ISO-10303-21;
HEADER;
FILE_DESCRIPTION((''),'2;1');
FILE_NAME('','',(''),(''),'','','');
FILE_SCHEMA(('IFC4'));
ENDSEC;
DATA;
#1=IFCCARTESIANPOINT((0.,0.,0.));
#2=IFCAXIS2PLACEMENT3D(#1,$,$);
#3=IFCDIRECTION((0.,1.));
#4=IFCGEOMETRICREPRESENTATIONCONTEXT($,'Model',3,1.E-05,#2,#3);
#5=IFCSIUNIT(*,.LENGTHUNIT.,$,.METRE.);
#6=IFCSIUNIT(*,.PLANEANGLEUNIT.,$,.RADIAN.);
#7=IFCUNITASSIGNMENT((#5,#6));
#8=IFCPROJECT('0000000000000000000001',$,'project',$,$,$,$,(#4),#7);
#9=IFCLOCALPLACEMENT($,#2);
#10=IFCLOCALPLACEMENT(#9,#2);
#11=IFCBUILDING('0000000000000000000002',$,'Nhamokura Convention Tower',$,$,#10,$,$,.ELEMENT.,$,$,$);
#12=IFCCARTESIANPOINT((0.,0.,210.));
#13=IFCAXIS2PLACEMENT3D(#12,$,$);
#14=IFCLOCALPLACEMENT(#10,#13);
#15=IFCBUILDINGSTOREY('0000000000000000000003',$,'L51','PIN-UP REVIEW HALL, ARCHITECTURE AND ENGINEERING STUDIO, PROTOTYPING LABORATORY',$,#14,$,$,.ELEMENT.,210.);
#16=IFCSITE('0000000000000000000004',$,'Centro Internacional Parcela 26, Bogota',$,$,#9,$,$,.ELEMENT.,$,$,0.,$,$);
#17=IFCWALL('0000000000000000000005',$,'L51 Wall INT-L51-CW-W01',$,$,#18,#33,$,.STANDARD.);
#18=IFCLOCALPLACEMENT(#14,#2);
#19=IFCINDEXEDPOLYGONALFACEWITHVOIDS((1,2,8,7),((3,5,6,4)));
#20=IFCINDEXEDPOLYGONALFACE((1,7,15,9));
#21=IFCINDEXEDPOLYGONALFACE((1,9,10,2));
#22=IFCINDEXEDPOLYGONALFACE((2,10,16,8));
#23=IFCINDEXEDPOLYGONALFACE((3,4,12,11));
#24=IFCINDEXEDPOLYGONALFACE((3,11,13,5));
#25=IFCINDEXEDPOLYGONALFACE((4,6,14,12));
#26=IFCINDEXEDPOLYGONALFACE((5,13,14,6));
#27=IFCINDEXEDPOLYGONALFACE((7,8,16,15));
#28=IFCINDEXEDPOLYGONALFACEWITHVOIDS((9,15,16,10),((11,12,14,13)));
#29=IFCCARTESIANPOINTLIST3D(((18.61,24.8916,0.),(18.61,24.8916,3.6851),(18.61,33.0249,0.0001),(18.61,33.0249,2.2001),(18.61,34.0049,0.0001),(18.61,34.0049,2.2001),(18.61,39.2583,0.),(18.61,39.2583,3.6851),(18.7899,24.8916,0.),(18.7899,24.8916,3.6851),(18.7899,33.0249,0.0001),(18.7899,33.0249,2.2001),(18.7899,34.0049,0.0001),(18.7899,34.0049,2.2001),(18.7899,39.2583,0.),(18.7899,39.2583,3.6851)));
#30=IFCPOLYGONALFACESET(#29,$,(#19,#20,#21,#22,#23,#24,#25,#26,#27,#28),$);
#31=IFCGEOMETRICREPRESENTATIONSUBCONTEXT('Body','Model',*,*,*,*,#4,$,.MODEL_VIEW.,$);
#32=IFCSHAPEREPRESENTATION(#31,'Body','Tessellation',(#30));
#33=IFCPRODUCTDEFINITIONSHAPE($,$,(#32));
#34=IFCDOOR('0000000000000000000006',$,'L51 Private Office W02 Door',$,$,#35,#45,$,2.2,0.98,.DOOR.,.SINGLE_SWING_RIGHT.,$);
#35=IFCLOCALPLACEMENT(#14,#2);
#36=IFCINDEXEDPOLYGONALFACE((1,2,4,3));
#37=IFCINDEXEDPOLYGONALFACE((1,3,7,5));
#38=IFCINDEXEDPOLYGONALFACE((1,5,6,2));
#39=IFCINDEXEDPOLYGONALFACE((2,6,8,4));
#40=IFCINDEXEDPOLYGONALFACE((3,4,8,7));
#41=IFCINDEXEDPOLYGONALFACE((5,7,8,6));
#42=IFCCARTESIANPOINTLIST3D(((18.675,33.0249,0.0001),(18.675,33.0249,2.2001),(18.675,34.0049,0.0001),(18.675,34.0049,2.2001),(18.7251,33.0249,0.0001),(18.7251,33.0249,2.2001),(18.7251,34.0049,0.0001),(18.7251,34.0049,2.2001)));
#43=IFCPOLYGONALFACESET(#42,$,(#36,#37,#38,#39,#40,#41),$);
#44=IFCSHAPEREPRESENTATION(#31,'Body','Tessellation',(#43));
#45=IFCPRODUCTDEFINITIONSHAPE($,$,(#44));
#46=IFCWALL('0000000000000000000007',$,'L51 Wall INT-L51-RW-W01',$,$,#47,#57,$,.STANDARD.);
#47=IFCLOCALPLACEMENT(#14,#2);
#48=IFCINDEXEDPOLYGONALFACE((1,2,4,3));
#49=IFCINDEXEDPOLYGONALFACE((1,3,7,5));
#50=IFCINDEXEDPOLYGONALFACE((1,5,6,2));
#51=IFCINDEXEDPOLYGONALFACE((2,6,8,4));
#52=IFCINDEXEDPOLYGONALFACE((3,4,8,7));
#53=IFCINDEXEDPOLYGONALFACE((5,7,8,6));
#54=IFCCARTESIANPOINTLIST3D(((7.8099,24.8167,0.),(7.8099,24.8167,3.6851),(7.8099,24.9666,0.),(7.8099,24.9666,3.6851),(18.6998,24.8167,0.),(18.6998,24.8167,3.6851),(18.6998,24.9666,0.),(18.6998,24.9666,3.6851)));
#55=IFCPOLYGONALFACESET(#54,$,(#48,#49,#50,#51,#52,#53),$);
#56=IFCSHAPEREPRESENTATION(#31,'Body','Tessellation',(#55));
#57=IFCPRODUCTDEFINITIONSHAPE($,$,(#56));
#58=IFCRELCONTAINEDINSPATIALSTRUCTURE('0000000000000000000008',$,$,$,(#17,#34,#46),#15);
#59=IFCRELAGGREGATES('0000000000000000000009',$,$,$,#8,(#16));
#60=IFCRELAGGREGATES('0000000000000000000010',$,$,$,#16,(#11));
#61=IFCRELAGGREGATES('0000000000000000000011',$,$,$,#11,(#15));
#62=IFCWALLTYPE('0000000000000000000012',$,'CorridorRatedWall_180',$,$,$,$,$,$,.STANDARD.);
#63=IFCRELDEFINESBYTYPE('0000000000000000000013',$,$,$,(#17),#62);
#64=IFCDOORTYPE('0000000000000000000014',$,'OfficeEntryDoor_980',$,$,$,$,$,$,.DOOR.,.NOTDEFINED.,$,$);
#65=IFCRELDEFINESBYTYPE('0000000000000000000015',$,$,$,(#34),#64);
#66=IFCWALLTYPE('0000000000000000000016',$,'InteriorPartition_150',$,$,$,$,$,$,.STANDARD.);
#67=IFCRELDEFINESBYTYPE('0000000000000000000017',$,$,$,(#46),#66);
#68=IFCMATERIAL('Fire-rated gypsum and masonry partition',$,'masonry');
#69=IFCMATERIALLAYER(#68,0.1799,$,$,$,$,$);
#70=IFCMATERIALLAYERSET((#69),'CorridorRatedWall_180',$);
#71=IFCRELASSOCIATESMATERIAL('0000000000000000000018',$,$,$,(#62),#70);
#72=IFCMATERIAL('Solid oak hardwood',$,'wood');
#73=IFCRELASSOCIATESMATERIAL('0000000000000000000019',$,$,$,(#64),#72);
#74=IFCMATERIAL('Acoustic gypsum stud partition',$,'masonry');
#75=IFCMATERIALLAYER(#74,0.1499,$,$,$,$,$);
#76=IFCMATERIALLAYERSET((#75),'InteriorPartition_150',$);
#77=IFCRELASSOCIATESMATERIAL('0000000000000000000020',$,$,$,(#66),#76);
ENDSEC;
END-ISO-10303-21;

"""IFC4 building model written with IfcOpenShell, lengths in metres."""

from ifc_helpers import new_model, si_unit, direction, frame, frame_2d, origin, place, context, subcontext, project, spatial, rectangle, extrude, material, layer, layer_set, type_object, element, fill, save


model = new_model("IFC4")

# Units and contexts
model_context = context("Model", 3, precision=1e-05, world=origin(), true_north=direction((0.0, 1.0)))
body_context = subcontext(model_context, "Body", "Model", "MODEL_VIEW")
ifc_project = project(units=[si_unit("LENGTHUNIT", "METRE"), si_unit("PLANEANGLEUNIT", "RADIAN")], contexts=[model_context])

# Site, building, storey
site_placement = place(None, origin())
site = spatial("IfcSite", under=ifc_project, at=site_placement, Name="Centro Internacional Parcela 26, Bogota", CompositionType="ELEMENT", RefElevation=0.0)
building_placement = place(site_placement, origin())
building = spatial("IfcBuilding", under=site, at=building_placement, Name="Nhamokura Convention Tower", CompositionType="ELEMENT")
storey_placement = place(building_placement, frame((0.0, 0.0, 210.0)))
storey = spatial("IfcBuildingStorey", under=building, at=storey_placement, Name="L51", Description="PIN-UP REVIEW HALL, ARCHITECTURE AND ENGINEERING STUDIO, PROTOTYPING LABORATORY", CompositionType="ELEMENT", Elevation=210.0)

# Wall, opening, door
ifc_material_1 = material(Name="Fire-rated gypsum and masonry partition", Category="masonry")
ifc_layer_1 = layer(ifc_material_1, 0.1799)
ifc_layer_set_1 = layer_set([ifc_layer_1], Name="CorridorRatedWall_180")
wall_type_1 = type_object("IfcWallType", Name="CorridorRatedWall_180", PredefinedType="STANDARD", material=ifc_layer_set_1)
ifc_material_2 = material(Name="Solid oak hardwood", Category="wood")
door_type = type_object("IfcDoorType", Name="OfficeEntryDoor_980", OperationType="NOTDEFINED", PredefinedType="DOOR", material=ifc_material_2)
wall_1_placement = place(storey_placement, frame((18.7, 24.8916, 0.0), z_axis=(0.0, 0.0, 1.0), x_axis=(0.0, 1.0, 0.0)))
wall_1 = element("IfcWall", 1, at=wall_1_placement, inside=storey, type_object=wall_type_1, Name="L51 Wall INT-L51-CW-W01", PredefinedType="STANDARD", context=body_context, shape_type="SweptSolid", body=[
    extrude(rectangle(XDim=14.3667, YDim=0.1799, at=frame_2d((7.1833, 0.0))), origin(), (0.0, 0.0, 1.0), 3.6851),
])
opening_1_placement = place(wall_1_placement, frame((8.1333, 0.0, 0.0)))
opening_1 = element("IfcOpeningElement", 2, at=opening_1_placement, cuts=wall_1, PredefinedType="OPENING", context=body_context, shape_type="SweptSolid", body=[
    extrude(rectangle(XDim=0.98, YDim=2.2, at=frame_2d((0.49, 1.1001))), frame((0.0, 0.0999, 0.0), z_axis=(0.0, -1.0, 0.0), x_axis=(1.0, 0.0, 0.0)), (0.0, 0.0, 1.0), 0.2),
])
door_1_placement = place(opening_1_placement, origin())
door_1 = element("IfcDoor", 3, at=door_1_placement, inside=storey, type_object=door_type, Name="L51 Private Office W02 Door", OperationType="SINGLE_SWING_RIGHT", OverallHeight=2.2, OverallWidth=0.98, PredefinedType="DOOR", context=body_context, shape_type="SweptSolid", body=[
    extrude(rectangle(XDim=0.98, YDim=2.2, at=frame_2d((0.49, 1.1001))), frame((0.0, 0.0249, 0.0), z_axis=(0.0, -1.0, 0.0), x_axis=(1.0, 0.0, 0.0)), (0.0, 0.0, 1.0), 0.05),
])
fill(opening_1, door_1)

# Wall
ifc_material_3 = material(Name="Acoustic gypsum stud partition", Category="masonry")
ifc_layer_2 = layer(ifc_material_3, 0.1499)
ifc_layer_set_2 = layer_set([ifc_layer_2], Name="InteriorPartition_150")
wall_type_2 = type_object("IfcWallType", Name="InteriorPartition_150", PredefinedType="STANDARD", material=ifc_layer_set_2)
wall_2_placement = place(storey_placement, frame((7.8101, 24.8916, 0.0), z_axis=(0.0, 0.0, 1.0), x_axis=(1.0, 0.0, 0.0)))
element("IfcWall", 4, at=wall_2_placement, inside=storey, type_object=wall_type_2, Name="L51 Wall INT-L51-RW-W01", PredefinedType="STANDARD", context=body_context, shape_type="SweptSolid", body=[
    extrude(rectangle(XDim=10.8899, YDim=0.1499, at=frame_2d((5.4448, 0.0))), origin(), (0.0, 0.0, 1.0), 3.6851),
])

save(model, "model.ifc")
